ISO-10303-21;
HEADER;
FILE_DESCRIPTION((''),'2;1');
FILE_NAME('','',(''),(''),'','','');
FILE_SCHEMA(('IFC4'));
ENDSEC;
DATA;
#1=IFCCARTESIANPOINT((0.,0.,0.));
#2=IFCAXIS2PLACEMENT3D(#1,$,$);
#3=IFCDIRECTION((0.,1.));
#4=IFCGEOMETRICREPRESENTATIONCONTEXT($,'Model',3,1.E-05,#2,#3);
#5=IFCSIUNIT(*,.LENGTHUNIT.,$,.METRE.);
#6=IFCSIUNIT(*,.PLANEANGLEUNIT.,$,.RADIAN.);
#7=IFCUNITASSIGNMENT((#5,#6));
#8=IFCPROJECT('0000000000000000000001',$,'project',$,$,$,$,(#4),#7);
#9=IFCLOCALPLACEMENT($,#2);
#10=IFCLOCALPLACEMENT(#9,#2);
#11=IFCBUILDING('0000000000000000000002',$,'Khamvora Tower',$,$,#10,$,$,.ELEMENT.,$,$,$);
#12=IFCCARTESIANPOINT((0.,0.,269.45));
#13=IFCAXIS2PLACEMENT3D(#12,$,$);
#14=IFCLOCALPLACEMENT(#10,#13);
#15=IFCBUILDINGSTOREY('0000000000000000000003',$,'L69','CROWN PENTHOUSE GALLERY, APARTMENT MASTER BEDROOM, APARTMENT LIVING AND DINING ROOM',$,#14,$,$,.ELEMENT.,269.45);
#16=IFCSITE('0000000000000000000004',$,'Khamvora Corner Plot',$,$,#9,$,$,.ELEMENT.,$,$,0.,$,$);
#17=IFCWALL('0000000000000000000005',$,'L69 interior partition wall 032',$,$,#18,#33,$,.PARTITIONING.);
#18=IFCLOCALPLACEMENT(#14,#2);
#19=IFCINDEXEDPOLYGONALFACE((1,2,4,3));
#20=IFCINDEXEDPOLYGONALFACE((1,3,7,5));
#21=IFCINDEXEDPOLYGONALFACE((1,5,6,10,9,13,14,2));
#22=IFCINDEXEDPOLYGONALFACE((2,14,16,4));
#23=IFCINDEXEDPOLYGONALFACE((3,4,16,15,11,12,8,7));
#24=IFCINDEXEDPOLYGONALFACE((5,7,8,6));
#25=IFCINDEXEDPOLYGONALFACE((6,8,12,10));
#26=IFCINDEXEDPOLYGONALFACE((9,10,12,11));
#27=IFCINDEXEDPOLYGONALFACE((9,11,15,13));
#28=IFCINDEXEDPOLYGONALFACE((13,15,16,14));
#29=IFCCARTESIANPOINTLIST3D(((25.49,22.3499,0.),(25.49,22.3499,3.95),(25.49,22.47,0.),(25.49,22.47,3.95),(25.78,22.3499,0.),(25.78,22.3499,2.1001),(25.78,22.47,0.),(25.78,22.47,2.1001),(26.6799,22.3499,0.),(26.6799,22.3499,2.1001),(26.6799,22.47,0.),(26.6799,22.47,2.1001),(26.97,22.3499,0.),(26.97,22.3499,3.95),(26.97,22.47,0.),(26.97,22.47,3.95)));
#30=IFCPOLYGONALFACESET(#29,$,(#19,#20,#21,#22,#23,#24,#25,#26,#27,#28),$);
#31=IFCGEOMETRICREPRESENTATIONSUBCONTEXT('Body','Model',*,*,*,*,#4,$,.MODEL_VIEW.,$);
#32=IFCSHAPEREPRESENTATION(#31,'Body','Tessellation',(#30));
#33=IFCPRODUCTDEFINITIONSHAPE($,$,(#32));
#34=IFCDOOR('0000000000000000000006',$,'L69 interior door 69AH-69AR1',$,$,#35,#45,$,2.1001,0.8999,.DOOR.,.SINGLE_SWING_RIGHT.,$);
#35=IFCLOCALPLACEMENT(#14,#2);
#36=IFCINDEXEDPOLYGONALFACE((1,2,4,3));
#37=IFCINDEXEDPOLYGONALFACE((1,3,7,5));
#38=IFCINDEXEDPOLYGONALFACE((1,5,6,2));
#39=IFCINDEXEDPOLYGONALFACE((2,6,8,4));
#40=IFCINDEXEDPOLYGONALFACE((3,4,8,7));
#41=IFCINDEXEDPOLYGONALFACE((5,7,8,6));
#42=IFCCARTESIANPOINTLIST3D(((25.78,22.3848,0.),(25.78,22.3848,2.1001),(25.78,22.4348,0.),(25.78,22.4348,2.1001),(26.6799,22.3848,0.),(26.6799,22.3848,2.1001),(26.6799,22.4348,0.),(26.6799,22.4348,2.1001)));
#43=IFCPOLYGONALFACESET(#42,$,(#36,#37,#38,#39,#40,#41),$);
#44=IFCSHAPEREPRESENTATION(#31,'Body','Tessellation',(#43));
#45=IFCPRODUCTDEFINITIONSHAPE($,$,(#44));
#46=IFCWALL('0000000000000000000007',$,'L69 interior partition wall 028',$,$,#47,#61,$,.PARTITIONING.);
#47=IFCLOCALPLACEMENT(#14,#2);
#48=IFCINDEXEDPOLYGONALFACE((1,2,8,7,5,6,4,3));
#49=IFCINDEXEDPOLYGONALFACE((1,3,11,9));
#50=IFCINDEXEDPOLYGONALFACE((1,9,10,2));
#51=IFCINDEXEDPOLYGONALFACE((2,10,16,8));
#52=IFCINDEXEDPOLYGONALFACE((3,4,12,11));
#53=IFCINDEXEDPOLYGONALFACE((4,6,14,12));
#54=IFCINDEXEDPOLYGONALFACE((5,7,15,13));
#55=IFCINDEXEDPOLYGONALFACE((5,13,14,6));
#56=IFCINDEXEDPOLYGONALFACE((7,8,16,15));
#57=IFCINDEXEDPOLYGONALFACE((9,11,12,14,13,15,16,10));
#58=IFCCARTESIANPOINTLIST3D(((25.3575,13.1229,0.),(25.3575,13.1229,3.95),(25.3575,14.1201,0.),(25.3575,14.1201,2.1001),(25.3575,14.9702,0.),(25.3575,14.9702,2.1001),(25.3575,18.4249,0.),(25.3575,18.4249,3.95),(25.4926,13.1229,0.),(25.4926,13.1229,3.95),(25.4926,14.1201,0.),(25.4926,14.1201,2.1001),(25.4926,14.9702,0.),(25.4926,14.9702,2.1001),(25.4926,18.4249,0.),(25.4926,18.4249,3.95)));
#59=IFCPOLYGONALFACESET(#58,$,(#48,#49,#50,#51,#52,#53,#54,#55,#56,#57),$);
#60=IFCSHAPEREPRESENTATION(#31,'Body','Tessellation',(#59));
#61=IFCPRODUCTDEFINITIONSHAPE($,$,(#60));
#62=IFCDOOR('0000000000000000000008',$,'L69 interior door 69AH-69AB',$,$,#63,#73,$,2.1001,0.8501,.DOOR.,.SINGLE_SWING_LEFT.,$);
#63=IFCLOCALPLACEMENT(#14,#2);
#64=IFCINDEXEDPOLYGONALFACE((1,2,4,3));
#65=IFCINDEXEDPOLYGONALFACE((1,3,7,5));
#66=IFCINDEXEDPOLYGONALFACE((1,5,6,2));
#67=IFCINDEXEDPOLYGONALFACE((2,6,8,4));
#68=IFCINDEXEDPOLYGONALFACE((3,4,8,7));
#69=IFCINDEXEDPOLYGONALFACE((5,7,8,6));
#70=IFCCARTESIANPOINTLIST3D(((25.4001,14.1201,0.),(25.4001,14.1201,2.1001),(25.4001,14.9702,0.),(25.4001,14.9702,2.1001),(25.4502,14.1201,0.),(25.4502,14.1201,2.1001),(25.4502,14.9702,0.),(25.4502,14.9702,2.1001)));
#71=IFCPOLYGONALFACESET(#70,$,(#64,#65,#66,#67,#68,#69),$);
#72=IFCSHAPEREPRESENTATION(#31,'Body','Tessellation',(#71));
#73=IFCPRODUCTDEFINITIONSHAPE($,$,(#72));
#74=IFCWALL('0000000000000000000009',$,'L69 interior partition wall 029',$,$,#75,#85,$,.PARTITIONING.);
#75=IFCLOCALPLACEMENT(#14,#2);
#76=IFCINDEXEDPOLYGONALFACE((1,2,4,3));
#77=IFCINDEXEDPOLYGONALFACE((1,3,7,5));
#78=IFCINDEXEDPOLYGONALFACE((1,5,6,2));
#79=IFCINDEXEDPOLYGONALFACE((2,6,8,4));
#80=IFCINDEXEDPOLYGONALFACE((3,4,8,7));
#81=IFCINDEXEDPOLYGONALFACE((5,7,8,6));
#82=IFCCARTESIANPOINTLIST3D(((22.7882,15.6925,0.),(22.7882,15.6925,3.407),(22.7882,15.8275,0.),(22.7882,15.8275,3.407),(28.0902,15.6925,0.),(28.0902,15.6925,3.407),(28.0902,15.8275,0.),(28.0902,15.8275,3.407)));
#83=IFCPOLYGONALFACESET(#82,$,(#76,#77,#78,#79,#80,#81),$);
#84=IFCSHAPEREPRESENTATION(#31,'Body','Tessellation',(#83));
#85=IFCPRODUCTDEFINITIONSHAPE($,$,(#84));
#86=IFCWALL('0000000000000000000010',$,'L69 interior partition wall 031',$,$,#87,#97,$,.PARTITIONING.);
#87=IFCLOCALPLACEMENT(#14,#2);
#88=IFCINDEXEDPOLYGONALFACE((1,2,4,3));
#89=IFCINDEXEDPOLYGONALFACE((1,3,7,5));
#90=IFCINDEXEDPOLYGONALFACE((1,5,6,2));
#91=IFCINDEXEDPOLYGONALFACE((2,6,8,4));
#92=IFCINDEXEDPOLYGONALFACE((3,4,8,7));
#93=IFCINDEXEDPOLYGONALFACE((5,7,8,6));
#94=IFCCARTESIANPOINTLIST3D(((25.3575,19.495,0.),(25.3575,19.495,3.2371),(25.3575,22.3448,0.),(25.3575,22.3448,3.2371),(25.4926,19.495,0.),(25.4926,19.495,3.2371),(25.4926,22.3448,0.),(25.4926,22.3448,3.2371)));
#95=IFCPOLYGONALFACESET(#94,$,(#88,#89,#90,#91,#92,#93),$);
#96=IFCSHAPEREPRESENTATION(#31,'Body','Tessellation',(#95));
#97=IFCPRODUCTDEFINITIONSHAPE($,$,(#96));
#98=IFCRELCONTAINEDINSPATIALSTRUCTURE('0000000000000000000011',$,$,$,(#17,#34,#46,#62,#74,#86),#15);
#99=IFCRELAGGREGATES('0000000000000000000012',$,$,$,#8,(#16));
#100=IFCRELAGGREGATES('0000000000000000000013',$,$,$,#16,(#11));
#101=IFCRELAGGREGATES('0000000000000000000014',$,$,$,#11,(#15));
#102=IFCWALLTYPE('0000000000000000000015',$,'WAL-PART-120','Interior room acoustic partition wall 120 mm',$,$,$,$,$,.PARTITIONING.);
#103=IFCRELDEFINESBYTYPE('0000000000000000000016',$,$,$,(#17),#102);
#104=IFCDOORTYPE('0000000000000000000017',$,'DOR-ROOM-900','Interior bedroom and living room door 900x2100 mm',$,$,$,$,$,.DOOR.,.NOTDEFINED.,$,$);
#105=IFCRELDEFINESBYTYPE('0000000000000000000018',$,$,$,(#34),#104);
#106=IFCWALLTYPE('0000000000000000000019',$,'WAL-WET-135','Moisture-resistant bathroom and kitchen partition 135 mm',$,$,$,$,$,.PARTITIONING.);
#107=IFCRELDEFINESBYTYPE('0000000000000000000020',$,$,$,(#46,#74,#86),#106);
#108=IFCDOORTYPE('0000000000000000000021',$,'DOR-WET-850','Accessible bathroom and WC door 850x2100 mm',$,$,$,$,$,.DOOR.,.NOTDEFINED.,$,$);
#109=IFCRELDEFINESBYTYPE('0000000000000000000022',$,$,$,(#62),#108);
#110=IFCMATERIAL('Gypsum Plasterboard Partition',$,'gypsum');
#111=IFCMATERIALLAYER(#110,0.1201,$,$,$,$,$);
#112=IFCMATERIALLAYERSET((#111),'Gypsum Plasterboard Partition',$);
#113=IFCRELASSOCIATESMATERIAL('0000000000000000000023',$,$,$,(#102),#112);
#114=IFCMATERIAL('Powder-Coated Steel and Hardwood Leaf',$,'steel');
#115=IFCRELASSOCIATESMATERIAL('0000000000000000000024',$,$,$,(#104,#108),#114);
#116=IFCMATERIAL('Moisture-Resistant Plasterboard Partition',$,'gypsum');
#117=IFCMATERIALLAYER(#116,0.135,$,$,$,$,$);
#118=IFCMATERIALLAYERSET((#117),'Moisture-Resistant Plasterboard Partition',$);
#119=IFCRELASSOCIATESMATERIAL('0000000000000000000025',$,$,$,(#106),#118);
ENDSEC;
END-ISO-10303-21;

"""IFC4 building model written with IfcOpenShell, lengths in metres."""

from ifc_helpers import new_model, si_unit, direction, frame, frame_2d, origin, place, context, subcontext, project, spatial, rectangle, extrude, material, layer, layer_set, type_object, element, fill, save


model = new_model("IFC4")

# Units and contexts
model_context = context("Model", 3, precision=1e-05, world=origin(), true_north=direction((0.0, 1.0)))
body_context = subcontext(model_context, "Body", "Model", "MODEL_VIEW")
ifc_project = project(units=[si_unit("LENGTHUNIT", "METRE"), si_unit("PLANEANGLEUNIT", "RADIAN")], contexts=[model_context])

# Site, building, storey
site_placement = place(None, origin())
site = spatial("IfcSite", under=ifc_project, at=site_placement, Name="Khamvora Corner Plot", CompositionType="ELEMENT", RefElevation=0.0)
building_placement = place(site_placement, origin())
building = spatial("IfcBuilding", under=site, at=building_placement, Name="Khamvora Tower", CompositionType="ELEMENT")
storey_placement = place(building_placement, frame((0.0, 0.0, 269.45)))
storey = spatial("IfcBuildingStorey", under=building, at=storey_placement, Name="L69", Description="CROWN PENTHOUSE GALLERY, APARTMENT MASTER BEDROOM, APARTMENT LIVING AND DINING ROOM", CompositionType="ELEMENT", Elevation=269.45)

# Shared definitions
ifc_material_1 = material(Name="Powder-Coated Steel and Hardwood Leaf", Category="steel")

# Walls, openings, doors
ifc_material_2 = material(Name="Gypsum Plasterboard Partition", Category="gypsum")
ifc_layer_1 = layer(ifc_material_2, 0.1201)
ifc_layer_set_1 = layer_set([ifc_layer_1], Name="Gypsum Plasterboard Partition")
wall_type_1 = type_object("IfcWallType", Name="WAL-PART-120", Description="Interior room acoustic partition wall 120 mm", PredefinedType="PARTITIONING", material=ifc_layer_set_1)
wall_1_placement = place(storey_placement, frame((25.49, 22.4099, 0.0), z_axis=(0.0, 0.0, 1.0), x_axis=(1.0, 0.0, 0.0)))
wall_1 = element("IfcWall", 1, at=wall_1_placement, inside=storey, type_object=wall_type_1, Name="L69 interior partition wall 032", PredefinedType="PARTITIONING", context=body_context, shape_type="SweptSolid", body=[
    extrude(rectangle(XDim=1.48, YDim=0.1201, at=frame_2d((0.74, 0.0))), origin(), (0.0, 0.0, 1.0), 3.95),
])
opening_1_placement = place(wall_1_placement, frame((0.29, 0.0, 0.0)))
opening_1 = element("IfcOpeningElement", 2, at=opening_1_placement, cuts=wall_1, PredefinedType="OPENING", context=body_context, shape_type="SweptSolid", body=[
    extrude(rectangle(XDim=0.8999, YDim=2.1001, at=frame_2d((0.45, 1.05))), frame((0.0, 0.0701, 0.0), z_axis=(0.0, -1.0, 0.0), x_axis=(1.0, 0.0, 0.0)), (0.0, 0.0, 1.0), 0.1401),
])
door_type_1 = type_object("IfcDoorType", Name="DOR-ROOM-900", Description="Interior bedroom and living room door 900x2100 mm", OperationType="NOTDEFINED", PredefinedType="DOOR", material=ifc_material_1)
door_1_placement = place(opening_1_placement, origin())
door_1 = element("IfcDoor", 3, at=door_1_placement, inside=storey, type_object=door_type_1, Name="L69 interior door 69AH-69AR1", OperationType="SINGLE_SWING_RIGHT", OverallHeight=2.1001, OverallWidth=0.8999, PredefinedType="DOOR", context=body_context, shape_type="SweptSolid", body=[
    extrude(rectangle(XDim=0.8999, YDim=2.1001, at=frame_2d((0.45, 1.05))), frame((0.0, 0.0249, 0.0), z_axis=(0.0, -1.0, 0.0), x_axis=(1.0, 0.0, 0.0)), (0.0, 0.0, 1.0), 0.05),
])
fill(opening_1, door_1)
ifc_material_3 = material(Name="Moisture-Resistant Plasterboard Partition", Category="gypsum")
ifc_layer_2 = layer(ifc_material_3, 0.135)
ifc_layer_set_2 = layer_set([ifc_layer_2], Name="Moisture-Resistant Plasterboard Partition")
wall_type_2 = type_object("IfcWallType", Name="WAL-WET-135", Description="Moisture-resistant bathroom and kitchen partition 135 mm", PredefinedType="PARTITIONING", material=ifc_layer_set_2)
wall_2_placement = place(storey_placement, frame((25.425, 13.123, 0.0), z_axis=(0.0, 0.0, 1.0), x_axis=(0.0, 1.0, 0.0)))
wall_2 = element("IfcWall", 4, at=wall_2_placement, inside=storey, type_object=wall_type_2, Name="L69 interior partition wall 028", PredefinedType="PARTITIONING", context=body_context, shape_type="SweptSolid", body=[
    extrude(rectangle(XDim=5.302, YDim=0.135, at=frame_2d((2.6509, 0.0))), origin(), (0.0, 0.0, 1.0), 3.95),
])
opening_2_placement = place(wall_2_placement, frame((0.9971, 0.0, 0.0)))
opening_2 = element("IfcOpeningElement", 5, at=opening_2_placement, cuts=wall_2, PredefinedType="OPENING", context=body_context, shape_type="SweptSolid", body=[
    extrude(rectangle(XDim=0.8501, YDim=2.1001, at=frame_2d((0.425, 1.05))), frame((0.0, 0.0774, 0.0), z_axis=(0.0, -1.0, 0.0), x_axis=(1.0, 0.0, 0.0)), (0.0, 0.0, 1.0), 0.155),
])
door_type_2 = type_object("IfcDoorType", Name="DOR-WET-850", Description="Accessible bathroom and WC door 850x2100 mm", OperationType="NOTDEFINED", PredefinedType="DOOR", material=ifc_material_1)
door_2_placement = place(opening_2_placement, origin())
door_2 = element("IfcDoor", 6, at=door_2_placement, inside=storey, type_object=door_type_2, Name="L69 interior door 69AH-69AB", OperationType="SINGLE_SWING_LEFT", OverallHeight=2.1001, OverallWidth=0.8501, PredefinedType="DOOR", context=body_context, shape_type="SweptSolid", body=[
    extrude(rectangle(XDim=0.8501, YDim=2.1001, at=frame_2d((0.425, 1.05))), frame((0.0, 0.0249, 0.0), z_axis=(0.0, -1.0, 0.0), x_axis=(1.0, 0.0, 0.0)), (0.0, 0.0, 1.0), 0.05),
])
fill(opening_2, door_2)

# Walls
wall_3_placement = place(storey_placement, frame((28.0901, 15.76, 0.0), z_axis=(0.0, 0.0, 1.0), x_axis=(-1.0, 0.0, 0.0)))
element("IfcWall", 7, at=wall_3_placement, inside=storey, type_object=wall_type_2, Name="L69 interior partition wall 029", PredefinedType="PARTITIONING", context=body_context, shape_type="SweptSolid", body=[
    extrude(rectangle(XDim=5.302, YDim=0.135, at=frame_2d((2.6509, 0.0))), origin(), (0.0, 0.0, 1.0), 3.407),
])
wall_4_placement = place(storey_placement, frame((25.425, 19.4951, 0.0), z_axis=(0.0, 0.0, 1.0), x_axis=(0.0, 1.0, 0.0)))
element("IfcWall", 8, at=wall_4_placement, inside=storey, type_object=wall_type_2, Name="L69 interior partition wall 031", PredefinedType="PARTITIONING", context=body_context, shape_type="SweptSolid", body=[
    extrude(rectangle(XDim=2.8499, YDim=0.135, at=frame_2d((1.4248, 0.0))), origin(), (0.0, 0.0, 1.0), 3.2371),
])

save(model, "model.ifc")
